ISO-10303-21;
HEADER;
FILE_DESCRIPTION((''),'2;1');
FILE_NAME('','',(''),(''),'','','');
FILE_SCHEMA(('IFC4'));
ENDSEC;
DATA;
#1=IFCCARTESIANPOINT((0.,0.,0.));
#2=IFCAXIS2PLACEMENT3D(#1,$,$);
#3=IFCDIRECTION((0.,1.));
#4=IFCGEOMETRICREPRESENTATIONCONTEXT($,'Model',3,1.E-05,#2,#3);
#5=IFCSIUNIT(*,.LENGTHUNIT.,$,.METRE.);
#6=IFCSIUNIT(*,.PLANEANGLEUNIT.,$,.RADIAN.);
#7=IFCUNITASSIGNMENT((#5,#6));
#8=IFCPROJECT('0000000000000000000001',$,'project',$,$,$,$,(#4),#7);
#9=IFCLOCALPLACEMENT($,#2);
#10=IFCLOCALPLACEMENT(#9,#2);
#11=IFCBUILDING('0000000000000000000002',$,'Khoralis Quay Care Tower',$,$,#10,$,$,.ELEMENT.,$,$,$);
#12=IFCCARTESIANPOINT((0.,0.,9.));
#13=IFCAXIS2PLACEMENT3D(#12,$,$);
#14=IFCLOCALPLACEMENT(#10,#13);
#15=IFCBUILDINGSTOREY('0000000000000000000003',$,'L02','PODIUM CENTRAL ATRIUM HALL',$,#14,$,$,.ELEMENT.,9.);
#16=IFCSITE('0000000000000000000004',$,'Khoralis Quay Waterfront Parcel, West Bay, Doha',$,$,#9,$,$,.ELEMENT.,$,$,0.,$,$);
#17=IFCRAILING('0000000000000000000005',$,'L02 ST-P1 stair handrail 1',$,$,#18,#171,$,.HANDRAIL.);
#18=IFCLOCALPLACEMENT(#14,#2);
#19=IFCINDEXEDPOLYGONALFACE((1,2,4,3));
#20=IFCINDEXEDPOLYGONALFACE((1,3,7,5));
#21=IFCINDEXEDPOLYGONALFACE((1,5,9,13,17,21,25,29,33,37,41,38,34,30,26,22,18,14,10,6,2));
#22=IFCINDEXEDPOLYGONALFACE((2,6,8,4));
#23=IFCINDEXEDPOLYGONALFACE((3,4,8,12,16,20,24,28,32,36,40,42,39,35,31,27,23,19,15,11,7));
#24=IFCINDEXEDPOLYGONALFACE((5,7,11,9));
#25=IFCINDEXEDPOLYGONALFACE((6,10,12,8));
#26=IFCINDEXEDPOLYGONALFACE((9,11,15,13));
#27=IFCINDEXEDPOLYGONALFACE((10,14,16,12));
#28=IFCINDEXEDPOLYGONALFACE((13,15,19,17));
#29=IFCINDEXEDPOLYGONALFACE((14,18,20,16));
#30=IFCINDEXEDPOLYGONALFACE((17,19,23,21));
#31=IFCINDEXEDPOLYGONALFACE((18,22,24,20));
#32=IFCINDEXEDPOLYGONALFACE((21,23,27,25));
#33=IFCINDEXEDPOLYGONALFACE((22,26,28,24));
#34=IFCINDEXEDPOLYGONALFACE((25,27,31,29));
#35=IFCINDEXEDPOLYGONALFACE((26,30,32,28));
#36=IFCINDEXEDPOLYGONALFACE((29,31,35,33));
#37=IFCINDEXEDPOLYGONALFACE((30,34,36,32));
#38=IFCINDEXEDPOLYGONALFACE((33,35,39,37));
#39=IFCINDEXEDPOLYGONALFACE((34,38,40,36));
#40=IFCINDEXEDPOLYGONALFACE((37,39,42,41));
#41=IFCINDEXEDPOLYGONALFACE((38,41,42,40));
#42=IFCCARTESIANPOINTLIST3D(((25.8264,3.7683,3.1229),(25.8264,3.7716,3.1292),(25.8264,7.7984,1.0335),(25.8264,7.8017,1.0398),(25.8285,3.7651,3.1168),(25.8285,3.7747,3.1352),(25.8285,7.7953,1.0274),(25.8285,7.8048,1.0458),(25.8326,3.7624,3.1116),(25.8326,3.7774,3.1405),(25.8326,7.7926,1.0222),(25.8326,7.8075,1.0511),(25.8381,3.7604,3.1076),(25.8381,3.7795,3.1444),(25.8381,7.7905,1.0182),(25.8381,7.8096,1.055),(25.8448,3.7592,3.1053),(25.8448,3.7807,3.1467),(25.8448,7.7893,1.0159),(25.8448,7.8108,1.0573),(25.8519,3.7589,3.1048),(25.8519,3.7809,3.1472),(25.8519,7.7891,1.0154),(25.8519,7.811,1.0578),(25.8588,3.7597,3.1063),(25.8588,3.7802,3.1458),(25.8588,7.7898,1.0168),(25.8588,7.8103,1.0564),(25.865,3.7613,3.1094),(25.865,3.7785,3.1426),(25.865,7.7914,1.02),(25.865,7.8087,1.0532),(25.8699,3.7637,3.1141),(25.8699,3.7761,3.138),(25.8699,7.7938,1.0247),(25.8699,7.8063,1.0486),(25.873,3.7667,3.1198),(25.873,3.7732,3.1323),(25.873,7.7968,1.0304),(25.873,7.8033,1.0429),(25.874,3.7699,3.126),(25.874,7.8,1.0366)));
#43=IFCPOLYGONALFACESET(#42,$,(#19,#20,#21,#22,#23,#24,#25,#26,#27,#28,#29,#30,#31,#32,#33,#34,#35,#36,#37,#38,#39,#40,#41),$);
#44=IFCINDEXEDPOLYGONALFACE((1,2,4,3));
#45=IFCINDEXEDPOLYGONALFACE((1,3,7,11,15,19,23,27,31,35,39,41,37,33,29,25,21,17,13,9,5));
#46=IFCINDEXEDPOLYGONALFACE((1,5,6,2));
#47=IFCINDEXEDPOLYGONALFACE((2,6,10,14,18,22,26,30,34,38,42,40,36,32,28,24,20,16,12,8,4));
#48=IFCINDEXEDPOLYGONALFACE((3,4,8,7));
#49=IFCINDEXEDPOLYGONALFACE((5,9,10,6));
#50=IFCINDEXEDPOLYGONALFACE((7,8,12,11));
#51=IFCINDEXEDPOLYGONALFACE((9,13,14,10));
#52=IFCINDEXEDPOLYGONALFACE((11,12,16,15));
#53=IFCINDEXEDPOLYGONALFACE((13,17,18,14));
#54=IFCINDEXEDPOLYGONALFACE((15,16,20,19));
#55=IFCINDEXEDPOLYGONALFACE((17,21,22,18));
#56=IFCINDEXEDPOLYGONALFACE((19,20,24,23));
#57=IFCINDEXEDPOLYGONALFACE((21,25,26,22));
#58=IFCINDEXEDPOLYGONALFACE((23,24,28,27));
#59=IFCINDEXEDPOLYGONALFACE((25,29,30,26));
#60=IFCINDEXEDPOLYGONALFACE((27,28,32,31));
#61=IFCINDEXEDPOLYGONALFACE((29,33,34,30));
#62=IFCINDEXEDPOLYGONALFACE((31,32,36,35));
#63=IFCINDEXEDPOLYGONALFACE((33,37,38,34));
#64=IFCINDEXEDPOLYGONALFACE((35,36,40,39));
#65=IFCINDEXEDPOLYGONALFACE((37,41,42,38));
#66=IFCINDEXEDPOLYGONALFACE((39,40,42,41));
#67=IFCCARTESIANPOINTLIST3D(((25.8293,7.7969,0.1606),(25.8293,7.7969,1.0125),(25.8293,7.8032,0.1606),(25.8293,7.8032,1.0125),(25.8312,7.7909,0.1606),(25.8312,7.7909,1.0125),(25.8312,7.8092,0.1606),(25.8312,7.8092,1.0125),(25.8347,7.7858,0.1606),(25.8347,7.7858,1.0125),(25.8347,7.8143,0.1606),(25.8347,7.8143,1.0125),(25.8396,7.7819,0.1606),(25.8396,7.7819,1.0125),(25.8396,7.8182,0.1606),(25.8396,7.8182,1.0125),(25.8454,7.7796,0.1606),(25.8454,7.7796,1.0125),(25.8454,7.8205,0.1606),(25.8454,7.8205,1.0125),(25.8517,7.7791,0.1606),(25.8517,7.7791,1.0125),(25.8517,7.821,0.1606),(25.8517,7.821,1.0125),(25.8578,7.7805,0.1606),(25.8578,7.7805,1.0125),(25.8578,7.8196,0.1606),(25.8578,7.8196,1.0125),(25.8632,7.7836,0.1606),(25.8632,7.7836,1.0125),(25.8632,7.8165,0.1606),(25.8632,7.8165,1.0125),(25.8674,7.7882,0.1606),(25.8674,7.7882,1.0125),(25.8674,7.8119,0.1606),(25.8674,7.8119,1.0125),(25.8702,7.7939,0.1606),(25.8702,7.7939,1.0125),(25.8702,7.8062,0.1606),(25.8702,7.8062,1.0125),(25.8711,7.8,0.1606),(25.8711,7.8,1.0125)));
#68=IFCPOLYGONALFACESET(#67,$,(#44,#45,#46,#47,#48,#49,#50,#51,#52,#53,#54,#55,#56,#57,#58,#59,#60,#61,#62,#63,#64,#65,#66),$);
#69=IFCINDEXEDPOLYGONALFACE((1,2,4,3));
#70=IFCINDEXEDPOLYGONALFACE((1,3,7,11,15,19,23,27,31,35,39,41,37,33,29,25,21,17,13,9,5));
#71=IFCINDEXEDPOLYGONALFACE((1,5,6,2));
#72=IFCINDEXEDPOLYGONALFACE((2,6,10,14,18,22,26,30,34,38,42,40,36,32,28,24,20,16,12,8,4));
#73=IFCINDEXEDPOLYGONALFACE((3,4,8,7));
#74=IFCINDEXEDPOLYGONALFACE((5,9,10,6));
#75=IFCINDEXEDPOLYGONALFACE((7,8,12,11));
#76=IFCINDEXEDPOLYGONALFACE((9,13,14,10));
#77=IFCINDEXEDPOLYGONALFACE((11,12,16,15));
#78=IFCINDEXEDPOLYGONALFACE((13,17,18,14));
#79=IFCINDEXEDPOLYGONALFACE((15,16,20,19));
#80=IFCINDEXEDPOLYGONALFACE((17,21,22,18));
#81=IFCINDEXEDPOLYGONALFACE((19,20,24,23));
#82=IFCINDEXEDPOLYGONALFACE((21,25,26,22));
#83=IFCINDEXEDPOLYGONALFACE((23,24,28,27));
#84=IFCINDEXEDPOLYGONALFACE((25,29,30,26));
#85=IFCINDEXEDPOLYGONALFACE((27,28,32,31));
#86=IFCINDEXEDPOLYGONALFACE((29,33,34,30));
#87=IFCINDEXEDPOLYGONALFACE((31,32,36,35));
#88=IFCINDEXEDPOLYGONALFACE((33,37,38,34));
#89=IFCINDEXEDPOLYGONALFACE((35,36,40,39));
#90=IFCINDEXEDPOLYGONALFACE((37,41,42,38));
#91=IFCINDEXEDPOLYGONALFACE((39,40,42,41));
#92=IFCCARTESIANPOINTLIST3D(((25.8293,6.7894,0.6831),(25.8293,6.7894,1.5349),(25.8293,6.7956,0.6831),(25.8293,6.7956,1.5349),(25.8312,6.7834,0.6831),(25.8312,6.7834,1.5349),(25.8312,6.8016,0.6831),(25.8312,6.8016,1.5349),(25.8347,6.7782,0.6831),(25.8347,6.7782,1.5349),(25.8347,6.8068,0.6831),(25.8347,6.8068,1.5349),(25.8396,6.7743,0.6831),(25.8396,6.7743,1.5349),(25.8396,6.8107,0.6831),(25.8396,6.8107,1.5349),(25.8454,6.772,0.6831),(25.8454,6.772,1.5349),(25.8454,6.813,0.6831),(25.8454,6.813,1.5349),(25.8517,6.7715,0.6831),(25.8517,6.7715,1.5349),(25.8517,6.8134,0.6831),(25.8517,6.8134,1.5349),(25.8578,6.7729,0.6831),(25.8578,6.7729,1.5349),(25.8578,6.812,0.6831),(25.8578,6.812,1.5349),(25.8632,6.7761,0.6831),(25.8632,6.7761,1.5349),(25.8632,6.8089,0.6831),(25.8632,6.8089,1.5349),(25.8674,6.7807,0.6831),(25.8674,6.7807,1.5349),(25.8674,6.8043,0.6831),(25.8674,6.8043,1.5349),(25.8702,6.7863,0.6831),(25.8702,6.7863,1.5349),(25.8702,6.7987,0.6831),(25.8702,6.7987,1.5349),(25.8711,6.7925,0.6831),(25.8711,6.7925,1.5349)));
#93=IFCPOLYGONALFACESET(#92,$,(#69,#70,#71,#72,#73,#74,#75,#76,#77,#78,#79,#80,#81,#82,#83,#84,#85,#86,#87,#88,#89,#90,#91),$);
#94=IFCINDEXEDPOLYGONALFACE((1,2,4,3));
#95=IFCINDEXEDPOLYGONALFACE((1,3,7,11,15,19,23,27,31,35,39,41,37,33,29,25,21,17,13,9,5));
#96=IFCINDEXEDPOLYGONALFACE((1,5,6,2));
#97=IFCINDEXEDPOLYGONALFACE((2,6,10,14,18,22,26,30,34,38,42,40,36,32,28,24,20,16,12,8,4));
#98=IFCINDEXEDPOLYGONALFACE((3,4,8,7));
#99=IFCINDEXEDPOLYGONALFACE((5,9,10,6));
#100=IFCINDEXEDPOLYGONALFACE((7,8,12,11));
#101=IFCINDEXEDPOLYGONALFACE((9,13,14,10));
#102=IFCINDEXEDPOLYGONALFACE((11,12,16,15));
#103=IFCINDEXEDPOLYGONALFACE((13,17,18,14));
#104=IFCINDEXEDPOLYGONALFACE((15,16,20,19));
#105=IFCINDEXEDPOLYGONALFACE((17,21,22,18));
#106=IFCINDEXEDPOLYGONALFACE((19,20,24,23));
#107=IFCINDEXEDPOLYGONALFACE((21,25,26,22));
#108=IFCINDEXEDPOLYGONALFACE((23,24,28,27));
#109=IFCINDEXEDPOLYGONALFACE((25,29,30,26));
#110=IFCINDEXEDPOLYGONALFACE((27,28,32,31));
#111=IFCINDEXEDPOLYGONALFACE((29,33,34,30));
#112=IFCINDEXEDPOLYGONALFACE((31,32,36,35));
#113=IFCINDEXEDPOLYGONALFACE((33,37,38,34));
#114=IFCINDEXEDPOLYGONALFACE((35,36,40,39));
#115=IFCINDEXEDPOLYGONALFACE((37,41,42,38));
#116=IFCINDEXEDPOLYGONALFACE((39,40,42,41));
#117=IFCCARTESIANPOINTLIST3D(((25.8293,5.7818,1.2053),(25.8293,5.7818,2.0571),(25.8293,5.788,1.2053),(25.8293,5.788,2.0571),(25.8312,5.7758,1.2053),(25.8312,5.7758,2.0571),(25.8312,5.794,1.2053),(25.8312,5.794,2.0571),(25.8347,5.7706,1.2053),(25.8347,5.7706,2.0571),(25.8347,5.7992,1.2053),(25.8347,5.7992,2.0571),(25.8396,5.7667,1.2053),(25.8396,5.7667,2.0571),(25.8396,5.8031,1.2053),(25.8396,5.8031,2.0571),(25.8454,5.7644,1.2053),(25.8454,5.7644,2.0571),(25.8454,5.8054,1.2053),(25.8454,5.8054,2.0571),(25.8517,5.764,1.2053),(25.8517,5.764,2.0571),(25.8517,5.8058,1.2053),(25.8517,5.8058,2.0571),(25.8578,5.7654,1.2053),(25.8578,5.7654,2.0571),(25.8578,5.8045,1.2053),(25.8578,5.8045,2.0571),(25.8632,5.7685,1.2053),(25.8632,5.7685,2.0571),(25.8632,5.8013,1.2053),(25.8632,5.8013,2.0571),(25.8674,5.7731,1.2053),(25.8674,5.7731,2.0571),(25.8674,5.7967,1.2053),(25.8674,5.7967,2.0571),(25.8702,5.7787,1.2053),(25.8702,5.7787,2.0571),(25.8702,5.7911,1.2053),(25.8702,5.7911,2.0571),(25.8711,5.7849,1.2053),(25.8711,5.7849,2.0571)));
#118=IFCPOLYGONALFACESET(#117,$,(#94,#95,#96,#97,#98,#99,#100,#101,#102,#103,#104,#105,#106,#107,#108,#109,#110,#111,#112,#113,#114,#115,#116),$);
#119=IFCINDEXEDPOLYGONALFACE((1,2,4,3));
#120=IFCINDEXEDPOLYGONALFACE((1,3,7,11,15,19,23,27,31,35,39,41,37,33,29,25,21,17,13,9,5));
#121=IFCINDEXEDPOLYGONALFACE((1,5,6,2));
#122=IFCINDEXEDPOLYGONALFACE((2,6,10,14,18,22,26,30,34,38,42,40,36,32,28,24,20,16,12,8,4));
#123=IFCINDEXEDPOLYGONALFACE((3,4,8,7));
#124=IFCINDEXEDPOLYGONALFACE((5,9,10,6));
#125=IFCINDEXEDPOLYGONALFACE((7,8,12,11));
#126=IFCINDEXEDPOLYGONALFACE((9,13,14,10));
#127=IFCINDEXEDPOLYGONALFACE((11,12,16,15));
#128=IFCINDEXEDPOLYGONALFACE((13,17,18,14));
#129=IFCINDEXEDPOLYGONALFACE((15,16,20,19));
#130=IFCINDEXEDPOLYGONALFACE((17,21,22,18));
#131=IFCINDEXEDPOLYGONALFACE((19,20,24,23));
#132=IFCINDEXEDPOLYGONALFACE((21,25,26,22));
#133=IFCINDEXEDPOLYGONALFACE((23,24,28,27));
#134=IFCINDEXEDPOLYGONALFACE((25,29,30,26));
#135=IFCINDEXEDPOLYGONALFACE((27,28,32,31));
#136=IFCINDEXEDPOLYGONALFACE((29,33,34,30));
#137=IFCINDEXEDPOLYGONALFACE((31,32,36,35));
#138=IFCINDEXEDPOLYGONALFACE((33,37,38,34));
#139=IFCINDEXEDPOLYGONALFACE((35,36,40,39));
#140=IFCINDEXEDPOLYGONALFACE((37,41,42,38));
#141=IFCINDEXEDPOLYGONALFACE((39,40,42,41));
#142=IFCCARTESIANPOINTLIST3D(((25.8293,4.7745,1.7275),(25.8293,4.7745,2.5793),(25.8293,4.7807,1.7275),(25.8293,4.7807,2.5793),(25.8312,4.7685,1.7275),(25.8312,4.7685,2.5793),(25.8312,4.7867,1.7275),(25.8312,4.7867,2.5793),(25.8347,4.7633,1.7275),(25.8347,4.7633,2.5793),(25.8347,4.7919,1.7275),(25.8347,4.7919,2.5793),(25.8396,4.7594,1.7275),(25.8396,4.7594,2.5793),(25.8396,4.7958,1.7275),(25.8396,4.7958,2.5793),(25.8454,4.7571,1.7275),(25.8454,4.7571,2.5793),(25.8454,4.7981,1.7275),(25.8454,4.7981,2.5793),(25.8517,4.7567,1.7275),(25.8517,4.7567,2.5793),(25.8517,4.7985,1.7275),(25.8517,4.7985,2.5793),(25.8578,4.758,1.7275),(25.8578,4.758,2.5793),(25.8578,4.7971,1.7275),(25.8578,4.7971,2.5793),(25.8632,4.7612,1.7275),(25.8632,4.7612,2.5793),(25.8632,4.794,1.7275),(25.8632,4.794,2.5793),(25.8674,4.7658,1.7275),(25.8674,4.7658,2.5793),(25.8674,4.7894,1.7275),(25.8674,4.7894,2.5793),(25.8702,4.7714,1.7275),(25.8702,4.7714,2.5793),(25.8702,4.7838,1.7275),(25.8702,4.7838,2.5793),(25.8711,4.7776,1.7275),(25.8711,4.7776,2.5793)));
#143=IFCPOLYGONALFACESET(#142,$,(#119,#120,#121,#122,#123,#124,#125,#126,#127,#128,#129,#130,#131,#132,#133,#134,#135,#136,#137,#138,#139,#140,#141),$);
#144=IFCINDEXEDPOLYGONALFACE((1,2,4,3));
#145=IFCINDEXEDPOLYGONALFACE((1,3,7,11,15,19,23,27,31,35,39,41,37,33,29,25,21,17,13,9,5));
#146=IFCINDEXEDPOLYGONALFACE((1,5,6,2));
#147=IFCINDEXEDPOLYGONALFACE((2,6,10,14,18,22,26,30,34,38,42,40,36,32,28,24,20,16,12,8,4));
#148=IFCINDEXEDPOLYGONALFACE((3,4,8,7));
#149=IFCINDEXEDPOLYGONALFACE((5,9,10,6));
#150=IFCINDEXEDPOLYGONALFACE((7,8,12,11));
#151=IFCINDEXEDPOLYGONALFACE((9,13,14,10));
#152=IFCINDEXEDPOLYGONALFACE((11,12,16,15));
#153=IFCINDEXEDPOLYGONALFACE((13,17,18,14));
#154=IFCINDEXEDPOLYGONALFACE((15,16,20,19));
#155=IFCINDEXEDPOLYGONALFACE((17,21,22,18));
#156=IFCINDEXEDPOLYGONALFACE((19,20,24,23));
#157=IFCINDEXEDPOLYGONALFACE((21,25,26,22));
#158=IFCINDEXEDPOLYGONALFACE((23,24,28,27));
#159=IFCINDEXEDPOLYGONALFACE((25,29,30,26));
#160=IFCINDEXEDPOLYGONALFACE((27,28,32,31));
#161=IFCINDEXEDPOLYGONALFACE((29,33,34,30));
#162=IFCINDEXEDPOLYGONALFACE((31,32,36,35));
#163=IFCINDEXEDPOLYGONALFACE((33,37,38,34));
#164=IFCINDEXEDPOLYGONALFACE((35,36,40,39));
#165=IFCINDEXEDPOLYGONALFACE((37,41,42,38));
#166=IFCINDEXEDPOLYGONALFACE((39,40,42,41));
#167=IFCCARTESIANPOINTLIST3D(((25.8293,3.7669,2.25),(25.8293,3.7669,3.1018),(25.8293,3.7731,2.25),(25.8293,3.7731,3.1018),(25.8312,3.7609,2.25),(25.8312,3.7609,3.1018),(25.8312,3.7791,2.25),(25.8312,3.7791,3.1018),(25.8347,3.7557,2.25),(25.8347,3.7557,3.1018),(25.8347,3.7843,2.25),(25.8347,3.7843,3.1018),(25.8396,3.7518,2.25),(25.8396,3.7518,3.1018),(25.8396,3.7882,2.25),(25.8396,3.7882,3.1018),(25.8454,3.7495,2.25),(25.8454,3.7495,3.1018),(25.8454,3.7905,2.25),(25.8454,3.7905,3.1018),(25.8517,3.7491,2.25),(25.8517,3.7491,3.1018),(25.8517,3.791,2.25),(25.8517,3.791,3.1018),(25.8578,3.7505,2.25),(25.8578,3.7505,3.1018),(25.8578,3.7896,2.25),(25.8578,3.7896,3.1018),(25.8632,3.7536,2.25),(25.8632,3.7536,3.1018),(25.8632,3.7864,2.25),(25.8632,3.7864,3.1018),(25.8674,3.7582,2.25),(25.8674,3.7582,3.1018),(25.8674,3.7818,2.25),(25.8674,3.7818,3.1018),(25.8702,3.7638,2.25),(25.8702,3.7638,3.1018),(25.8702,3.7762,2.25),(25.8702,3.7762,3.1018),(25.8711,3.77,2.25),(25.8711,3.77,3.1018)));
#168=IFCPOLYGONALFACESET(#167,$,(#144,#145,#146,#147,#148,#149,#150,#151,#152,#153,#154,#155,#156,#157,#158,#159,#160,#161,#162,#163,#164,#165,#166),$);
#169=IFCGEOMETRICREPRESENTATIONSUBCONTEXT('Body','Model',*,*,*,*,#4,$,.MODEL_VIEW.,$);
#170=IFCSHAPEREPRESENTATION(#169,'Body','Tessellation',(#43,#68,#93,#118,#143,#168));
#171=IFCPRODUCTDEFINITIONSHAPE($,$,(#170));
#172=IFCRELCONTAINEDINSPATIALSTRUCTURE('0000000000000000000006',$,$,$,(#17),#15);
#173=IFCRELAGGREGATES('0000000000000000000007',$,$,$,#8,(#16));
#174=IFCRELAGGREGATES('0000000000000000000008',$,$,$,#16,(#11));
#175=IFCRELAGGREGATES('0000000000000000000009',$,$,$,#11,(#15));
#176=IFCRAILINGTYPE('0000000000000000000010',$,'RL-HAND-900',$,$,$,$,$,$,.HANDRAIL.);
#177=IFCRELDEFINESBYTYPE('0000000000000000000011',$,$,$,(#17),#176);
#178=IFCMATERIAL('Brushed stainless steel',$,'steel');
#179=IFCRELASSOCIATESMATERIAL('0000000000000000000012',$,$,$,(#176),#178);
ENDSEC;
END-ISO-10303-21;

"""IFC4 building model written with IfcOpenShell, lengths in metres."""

from ifc_helpers import new_model, si_unit, direction, frame, origin, origin_2d, place, context, subcontext, project, spatial, circle, extrude, material, type_object, element, save


model = new_model("IFC4")

# Units and contexts
model_context = context("Model", 3, precision=1e-05, world=origin(), true_north=direction((0.0, 1.0)))
body_context = subcontext(model_context, "Body", "Model", "MODEL_VIEW")
ifc_project = project(units=[si_unit("LENGTHUNIT", "METRE"), si_unit("PLANEANGLEUNIT", "RADIAN")], contexts=[model_context])

# Site, building, storey
site_placement = place(None, origin())
site = spatial("IfcSite", under=ifc_project, at=site_placement, Name="Khoralis Quay Waterfront Parcel, West Bay, Doha", CompositionType="ELEMENT", RefElevation=0.0)
building_placement = place(site_placement, origin())
building = spatial("IfcBuilding", under=site, at=building_placement, Name="Khoralis Quay Care Tower", CompositionType="ELEMENT")
storey_placement = place(building_placement, frame((0.0, 0.0, 9.0)))
storey = spatial("IfcBuildingStorey", under=building, at=storey_placement, Name="L02", Description="PODIUM CENTRAL ATRIUM HALL", CompositionType="ELEMENT", Elevation=9.0)

# Railing
ifc_material_1 = material(Name="Brushed stainless steel", Category="steel")
railing_type_1 = type_object("IfcRailingType", Name="RL-HAND-900", PredefinedType="HANDRAIL", material=ifc_material_1)
railing_1_placement = place(storey_placement, frame((25.8501, 7.8, 0.1606)))
element("IfcRailing", 1, at=railing_1_placement, inside=storey, type_object=railing_type_1, Name="L02 ST-P1 stair handrail 1", PredefinedType="HANDRAIL", context=body_context, shape_type="SweptSolid", body=[
    extrude(circle(Radius=0.0239, at=origin_2d()), frame((0.0, 0.0, 0.876), z_axis=(0.0, -0.887781, 0.460267), x_axis=(1.0, 0.0, 0.0)), (0.0, 0.0, 1.0), 4.5396),
    extrude(circle(Radius=0.021, at=origin_2d()), origin(), (0.0, 0.0, 1.0), 0.8518),
    extrude(circle(Radius=0.021, at=origin_2d()), frame((0.0, -1.0076, 0.5225)), (0.0, 0.0, 1.0), 0.8518),
    extrude(circle(Radius=0.021, at=origin_2d()), frame((0.0, -2.0151, 1.0447)), (0.0, 0.0, 1.0), 0.8518),
    extrude(circle(Radius=0.021, at=origin_2d()), frame((0.0, -3.0225, 1.5669)), (0.0, 0.0, 1.0), 0.8518),
    extrude(circle(Radius=0.021, at=origin_2d()), frame((0.0, -4.03, 2.0894)), (0.0, 0.0, 1.0), 0.8518),
])

save(model, "model.ifc")
